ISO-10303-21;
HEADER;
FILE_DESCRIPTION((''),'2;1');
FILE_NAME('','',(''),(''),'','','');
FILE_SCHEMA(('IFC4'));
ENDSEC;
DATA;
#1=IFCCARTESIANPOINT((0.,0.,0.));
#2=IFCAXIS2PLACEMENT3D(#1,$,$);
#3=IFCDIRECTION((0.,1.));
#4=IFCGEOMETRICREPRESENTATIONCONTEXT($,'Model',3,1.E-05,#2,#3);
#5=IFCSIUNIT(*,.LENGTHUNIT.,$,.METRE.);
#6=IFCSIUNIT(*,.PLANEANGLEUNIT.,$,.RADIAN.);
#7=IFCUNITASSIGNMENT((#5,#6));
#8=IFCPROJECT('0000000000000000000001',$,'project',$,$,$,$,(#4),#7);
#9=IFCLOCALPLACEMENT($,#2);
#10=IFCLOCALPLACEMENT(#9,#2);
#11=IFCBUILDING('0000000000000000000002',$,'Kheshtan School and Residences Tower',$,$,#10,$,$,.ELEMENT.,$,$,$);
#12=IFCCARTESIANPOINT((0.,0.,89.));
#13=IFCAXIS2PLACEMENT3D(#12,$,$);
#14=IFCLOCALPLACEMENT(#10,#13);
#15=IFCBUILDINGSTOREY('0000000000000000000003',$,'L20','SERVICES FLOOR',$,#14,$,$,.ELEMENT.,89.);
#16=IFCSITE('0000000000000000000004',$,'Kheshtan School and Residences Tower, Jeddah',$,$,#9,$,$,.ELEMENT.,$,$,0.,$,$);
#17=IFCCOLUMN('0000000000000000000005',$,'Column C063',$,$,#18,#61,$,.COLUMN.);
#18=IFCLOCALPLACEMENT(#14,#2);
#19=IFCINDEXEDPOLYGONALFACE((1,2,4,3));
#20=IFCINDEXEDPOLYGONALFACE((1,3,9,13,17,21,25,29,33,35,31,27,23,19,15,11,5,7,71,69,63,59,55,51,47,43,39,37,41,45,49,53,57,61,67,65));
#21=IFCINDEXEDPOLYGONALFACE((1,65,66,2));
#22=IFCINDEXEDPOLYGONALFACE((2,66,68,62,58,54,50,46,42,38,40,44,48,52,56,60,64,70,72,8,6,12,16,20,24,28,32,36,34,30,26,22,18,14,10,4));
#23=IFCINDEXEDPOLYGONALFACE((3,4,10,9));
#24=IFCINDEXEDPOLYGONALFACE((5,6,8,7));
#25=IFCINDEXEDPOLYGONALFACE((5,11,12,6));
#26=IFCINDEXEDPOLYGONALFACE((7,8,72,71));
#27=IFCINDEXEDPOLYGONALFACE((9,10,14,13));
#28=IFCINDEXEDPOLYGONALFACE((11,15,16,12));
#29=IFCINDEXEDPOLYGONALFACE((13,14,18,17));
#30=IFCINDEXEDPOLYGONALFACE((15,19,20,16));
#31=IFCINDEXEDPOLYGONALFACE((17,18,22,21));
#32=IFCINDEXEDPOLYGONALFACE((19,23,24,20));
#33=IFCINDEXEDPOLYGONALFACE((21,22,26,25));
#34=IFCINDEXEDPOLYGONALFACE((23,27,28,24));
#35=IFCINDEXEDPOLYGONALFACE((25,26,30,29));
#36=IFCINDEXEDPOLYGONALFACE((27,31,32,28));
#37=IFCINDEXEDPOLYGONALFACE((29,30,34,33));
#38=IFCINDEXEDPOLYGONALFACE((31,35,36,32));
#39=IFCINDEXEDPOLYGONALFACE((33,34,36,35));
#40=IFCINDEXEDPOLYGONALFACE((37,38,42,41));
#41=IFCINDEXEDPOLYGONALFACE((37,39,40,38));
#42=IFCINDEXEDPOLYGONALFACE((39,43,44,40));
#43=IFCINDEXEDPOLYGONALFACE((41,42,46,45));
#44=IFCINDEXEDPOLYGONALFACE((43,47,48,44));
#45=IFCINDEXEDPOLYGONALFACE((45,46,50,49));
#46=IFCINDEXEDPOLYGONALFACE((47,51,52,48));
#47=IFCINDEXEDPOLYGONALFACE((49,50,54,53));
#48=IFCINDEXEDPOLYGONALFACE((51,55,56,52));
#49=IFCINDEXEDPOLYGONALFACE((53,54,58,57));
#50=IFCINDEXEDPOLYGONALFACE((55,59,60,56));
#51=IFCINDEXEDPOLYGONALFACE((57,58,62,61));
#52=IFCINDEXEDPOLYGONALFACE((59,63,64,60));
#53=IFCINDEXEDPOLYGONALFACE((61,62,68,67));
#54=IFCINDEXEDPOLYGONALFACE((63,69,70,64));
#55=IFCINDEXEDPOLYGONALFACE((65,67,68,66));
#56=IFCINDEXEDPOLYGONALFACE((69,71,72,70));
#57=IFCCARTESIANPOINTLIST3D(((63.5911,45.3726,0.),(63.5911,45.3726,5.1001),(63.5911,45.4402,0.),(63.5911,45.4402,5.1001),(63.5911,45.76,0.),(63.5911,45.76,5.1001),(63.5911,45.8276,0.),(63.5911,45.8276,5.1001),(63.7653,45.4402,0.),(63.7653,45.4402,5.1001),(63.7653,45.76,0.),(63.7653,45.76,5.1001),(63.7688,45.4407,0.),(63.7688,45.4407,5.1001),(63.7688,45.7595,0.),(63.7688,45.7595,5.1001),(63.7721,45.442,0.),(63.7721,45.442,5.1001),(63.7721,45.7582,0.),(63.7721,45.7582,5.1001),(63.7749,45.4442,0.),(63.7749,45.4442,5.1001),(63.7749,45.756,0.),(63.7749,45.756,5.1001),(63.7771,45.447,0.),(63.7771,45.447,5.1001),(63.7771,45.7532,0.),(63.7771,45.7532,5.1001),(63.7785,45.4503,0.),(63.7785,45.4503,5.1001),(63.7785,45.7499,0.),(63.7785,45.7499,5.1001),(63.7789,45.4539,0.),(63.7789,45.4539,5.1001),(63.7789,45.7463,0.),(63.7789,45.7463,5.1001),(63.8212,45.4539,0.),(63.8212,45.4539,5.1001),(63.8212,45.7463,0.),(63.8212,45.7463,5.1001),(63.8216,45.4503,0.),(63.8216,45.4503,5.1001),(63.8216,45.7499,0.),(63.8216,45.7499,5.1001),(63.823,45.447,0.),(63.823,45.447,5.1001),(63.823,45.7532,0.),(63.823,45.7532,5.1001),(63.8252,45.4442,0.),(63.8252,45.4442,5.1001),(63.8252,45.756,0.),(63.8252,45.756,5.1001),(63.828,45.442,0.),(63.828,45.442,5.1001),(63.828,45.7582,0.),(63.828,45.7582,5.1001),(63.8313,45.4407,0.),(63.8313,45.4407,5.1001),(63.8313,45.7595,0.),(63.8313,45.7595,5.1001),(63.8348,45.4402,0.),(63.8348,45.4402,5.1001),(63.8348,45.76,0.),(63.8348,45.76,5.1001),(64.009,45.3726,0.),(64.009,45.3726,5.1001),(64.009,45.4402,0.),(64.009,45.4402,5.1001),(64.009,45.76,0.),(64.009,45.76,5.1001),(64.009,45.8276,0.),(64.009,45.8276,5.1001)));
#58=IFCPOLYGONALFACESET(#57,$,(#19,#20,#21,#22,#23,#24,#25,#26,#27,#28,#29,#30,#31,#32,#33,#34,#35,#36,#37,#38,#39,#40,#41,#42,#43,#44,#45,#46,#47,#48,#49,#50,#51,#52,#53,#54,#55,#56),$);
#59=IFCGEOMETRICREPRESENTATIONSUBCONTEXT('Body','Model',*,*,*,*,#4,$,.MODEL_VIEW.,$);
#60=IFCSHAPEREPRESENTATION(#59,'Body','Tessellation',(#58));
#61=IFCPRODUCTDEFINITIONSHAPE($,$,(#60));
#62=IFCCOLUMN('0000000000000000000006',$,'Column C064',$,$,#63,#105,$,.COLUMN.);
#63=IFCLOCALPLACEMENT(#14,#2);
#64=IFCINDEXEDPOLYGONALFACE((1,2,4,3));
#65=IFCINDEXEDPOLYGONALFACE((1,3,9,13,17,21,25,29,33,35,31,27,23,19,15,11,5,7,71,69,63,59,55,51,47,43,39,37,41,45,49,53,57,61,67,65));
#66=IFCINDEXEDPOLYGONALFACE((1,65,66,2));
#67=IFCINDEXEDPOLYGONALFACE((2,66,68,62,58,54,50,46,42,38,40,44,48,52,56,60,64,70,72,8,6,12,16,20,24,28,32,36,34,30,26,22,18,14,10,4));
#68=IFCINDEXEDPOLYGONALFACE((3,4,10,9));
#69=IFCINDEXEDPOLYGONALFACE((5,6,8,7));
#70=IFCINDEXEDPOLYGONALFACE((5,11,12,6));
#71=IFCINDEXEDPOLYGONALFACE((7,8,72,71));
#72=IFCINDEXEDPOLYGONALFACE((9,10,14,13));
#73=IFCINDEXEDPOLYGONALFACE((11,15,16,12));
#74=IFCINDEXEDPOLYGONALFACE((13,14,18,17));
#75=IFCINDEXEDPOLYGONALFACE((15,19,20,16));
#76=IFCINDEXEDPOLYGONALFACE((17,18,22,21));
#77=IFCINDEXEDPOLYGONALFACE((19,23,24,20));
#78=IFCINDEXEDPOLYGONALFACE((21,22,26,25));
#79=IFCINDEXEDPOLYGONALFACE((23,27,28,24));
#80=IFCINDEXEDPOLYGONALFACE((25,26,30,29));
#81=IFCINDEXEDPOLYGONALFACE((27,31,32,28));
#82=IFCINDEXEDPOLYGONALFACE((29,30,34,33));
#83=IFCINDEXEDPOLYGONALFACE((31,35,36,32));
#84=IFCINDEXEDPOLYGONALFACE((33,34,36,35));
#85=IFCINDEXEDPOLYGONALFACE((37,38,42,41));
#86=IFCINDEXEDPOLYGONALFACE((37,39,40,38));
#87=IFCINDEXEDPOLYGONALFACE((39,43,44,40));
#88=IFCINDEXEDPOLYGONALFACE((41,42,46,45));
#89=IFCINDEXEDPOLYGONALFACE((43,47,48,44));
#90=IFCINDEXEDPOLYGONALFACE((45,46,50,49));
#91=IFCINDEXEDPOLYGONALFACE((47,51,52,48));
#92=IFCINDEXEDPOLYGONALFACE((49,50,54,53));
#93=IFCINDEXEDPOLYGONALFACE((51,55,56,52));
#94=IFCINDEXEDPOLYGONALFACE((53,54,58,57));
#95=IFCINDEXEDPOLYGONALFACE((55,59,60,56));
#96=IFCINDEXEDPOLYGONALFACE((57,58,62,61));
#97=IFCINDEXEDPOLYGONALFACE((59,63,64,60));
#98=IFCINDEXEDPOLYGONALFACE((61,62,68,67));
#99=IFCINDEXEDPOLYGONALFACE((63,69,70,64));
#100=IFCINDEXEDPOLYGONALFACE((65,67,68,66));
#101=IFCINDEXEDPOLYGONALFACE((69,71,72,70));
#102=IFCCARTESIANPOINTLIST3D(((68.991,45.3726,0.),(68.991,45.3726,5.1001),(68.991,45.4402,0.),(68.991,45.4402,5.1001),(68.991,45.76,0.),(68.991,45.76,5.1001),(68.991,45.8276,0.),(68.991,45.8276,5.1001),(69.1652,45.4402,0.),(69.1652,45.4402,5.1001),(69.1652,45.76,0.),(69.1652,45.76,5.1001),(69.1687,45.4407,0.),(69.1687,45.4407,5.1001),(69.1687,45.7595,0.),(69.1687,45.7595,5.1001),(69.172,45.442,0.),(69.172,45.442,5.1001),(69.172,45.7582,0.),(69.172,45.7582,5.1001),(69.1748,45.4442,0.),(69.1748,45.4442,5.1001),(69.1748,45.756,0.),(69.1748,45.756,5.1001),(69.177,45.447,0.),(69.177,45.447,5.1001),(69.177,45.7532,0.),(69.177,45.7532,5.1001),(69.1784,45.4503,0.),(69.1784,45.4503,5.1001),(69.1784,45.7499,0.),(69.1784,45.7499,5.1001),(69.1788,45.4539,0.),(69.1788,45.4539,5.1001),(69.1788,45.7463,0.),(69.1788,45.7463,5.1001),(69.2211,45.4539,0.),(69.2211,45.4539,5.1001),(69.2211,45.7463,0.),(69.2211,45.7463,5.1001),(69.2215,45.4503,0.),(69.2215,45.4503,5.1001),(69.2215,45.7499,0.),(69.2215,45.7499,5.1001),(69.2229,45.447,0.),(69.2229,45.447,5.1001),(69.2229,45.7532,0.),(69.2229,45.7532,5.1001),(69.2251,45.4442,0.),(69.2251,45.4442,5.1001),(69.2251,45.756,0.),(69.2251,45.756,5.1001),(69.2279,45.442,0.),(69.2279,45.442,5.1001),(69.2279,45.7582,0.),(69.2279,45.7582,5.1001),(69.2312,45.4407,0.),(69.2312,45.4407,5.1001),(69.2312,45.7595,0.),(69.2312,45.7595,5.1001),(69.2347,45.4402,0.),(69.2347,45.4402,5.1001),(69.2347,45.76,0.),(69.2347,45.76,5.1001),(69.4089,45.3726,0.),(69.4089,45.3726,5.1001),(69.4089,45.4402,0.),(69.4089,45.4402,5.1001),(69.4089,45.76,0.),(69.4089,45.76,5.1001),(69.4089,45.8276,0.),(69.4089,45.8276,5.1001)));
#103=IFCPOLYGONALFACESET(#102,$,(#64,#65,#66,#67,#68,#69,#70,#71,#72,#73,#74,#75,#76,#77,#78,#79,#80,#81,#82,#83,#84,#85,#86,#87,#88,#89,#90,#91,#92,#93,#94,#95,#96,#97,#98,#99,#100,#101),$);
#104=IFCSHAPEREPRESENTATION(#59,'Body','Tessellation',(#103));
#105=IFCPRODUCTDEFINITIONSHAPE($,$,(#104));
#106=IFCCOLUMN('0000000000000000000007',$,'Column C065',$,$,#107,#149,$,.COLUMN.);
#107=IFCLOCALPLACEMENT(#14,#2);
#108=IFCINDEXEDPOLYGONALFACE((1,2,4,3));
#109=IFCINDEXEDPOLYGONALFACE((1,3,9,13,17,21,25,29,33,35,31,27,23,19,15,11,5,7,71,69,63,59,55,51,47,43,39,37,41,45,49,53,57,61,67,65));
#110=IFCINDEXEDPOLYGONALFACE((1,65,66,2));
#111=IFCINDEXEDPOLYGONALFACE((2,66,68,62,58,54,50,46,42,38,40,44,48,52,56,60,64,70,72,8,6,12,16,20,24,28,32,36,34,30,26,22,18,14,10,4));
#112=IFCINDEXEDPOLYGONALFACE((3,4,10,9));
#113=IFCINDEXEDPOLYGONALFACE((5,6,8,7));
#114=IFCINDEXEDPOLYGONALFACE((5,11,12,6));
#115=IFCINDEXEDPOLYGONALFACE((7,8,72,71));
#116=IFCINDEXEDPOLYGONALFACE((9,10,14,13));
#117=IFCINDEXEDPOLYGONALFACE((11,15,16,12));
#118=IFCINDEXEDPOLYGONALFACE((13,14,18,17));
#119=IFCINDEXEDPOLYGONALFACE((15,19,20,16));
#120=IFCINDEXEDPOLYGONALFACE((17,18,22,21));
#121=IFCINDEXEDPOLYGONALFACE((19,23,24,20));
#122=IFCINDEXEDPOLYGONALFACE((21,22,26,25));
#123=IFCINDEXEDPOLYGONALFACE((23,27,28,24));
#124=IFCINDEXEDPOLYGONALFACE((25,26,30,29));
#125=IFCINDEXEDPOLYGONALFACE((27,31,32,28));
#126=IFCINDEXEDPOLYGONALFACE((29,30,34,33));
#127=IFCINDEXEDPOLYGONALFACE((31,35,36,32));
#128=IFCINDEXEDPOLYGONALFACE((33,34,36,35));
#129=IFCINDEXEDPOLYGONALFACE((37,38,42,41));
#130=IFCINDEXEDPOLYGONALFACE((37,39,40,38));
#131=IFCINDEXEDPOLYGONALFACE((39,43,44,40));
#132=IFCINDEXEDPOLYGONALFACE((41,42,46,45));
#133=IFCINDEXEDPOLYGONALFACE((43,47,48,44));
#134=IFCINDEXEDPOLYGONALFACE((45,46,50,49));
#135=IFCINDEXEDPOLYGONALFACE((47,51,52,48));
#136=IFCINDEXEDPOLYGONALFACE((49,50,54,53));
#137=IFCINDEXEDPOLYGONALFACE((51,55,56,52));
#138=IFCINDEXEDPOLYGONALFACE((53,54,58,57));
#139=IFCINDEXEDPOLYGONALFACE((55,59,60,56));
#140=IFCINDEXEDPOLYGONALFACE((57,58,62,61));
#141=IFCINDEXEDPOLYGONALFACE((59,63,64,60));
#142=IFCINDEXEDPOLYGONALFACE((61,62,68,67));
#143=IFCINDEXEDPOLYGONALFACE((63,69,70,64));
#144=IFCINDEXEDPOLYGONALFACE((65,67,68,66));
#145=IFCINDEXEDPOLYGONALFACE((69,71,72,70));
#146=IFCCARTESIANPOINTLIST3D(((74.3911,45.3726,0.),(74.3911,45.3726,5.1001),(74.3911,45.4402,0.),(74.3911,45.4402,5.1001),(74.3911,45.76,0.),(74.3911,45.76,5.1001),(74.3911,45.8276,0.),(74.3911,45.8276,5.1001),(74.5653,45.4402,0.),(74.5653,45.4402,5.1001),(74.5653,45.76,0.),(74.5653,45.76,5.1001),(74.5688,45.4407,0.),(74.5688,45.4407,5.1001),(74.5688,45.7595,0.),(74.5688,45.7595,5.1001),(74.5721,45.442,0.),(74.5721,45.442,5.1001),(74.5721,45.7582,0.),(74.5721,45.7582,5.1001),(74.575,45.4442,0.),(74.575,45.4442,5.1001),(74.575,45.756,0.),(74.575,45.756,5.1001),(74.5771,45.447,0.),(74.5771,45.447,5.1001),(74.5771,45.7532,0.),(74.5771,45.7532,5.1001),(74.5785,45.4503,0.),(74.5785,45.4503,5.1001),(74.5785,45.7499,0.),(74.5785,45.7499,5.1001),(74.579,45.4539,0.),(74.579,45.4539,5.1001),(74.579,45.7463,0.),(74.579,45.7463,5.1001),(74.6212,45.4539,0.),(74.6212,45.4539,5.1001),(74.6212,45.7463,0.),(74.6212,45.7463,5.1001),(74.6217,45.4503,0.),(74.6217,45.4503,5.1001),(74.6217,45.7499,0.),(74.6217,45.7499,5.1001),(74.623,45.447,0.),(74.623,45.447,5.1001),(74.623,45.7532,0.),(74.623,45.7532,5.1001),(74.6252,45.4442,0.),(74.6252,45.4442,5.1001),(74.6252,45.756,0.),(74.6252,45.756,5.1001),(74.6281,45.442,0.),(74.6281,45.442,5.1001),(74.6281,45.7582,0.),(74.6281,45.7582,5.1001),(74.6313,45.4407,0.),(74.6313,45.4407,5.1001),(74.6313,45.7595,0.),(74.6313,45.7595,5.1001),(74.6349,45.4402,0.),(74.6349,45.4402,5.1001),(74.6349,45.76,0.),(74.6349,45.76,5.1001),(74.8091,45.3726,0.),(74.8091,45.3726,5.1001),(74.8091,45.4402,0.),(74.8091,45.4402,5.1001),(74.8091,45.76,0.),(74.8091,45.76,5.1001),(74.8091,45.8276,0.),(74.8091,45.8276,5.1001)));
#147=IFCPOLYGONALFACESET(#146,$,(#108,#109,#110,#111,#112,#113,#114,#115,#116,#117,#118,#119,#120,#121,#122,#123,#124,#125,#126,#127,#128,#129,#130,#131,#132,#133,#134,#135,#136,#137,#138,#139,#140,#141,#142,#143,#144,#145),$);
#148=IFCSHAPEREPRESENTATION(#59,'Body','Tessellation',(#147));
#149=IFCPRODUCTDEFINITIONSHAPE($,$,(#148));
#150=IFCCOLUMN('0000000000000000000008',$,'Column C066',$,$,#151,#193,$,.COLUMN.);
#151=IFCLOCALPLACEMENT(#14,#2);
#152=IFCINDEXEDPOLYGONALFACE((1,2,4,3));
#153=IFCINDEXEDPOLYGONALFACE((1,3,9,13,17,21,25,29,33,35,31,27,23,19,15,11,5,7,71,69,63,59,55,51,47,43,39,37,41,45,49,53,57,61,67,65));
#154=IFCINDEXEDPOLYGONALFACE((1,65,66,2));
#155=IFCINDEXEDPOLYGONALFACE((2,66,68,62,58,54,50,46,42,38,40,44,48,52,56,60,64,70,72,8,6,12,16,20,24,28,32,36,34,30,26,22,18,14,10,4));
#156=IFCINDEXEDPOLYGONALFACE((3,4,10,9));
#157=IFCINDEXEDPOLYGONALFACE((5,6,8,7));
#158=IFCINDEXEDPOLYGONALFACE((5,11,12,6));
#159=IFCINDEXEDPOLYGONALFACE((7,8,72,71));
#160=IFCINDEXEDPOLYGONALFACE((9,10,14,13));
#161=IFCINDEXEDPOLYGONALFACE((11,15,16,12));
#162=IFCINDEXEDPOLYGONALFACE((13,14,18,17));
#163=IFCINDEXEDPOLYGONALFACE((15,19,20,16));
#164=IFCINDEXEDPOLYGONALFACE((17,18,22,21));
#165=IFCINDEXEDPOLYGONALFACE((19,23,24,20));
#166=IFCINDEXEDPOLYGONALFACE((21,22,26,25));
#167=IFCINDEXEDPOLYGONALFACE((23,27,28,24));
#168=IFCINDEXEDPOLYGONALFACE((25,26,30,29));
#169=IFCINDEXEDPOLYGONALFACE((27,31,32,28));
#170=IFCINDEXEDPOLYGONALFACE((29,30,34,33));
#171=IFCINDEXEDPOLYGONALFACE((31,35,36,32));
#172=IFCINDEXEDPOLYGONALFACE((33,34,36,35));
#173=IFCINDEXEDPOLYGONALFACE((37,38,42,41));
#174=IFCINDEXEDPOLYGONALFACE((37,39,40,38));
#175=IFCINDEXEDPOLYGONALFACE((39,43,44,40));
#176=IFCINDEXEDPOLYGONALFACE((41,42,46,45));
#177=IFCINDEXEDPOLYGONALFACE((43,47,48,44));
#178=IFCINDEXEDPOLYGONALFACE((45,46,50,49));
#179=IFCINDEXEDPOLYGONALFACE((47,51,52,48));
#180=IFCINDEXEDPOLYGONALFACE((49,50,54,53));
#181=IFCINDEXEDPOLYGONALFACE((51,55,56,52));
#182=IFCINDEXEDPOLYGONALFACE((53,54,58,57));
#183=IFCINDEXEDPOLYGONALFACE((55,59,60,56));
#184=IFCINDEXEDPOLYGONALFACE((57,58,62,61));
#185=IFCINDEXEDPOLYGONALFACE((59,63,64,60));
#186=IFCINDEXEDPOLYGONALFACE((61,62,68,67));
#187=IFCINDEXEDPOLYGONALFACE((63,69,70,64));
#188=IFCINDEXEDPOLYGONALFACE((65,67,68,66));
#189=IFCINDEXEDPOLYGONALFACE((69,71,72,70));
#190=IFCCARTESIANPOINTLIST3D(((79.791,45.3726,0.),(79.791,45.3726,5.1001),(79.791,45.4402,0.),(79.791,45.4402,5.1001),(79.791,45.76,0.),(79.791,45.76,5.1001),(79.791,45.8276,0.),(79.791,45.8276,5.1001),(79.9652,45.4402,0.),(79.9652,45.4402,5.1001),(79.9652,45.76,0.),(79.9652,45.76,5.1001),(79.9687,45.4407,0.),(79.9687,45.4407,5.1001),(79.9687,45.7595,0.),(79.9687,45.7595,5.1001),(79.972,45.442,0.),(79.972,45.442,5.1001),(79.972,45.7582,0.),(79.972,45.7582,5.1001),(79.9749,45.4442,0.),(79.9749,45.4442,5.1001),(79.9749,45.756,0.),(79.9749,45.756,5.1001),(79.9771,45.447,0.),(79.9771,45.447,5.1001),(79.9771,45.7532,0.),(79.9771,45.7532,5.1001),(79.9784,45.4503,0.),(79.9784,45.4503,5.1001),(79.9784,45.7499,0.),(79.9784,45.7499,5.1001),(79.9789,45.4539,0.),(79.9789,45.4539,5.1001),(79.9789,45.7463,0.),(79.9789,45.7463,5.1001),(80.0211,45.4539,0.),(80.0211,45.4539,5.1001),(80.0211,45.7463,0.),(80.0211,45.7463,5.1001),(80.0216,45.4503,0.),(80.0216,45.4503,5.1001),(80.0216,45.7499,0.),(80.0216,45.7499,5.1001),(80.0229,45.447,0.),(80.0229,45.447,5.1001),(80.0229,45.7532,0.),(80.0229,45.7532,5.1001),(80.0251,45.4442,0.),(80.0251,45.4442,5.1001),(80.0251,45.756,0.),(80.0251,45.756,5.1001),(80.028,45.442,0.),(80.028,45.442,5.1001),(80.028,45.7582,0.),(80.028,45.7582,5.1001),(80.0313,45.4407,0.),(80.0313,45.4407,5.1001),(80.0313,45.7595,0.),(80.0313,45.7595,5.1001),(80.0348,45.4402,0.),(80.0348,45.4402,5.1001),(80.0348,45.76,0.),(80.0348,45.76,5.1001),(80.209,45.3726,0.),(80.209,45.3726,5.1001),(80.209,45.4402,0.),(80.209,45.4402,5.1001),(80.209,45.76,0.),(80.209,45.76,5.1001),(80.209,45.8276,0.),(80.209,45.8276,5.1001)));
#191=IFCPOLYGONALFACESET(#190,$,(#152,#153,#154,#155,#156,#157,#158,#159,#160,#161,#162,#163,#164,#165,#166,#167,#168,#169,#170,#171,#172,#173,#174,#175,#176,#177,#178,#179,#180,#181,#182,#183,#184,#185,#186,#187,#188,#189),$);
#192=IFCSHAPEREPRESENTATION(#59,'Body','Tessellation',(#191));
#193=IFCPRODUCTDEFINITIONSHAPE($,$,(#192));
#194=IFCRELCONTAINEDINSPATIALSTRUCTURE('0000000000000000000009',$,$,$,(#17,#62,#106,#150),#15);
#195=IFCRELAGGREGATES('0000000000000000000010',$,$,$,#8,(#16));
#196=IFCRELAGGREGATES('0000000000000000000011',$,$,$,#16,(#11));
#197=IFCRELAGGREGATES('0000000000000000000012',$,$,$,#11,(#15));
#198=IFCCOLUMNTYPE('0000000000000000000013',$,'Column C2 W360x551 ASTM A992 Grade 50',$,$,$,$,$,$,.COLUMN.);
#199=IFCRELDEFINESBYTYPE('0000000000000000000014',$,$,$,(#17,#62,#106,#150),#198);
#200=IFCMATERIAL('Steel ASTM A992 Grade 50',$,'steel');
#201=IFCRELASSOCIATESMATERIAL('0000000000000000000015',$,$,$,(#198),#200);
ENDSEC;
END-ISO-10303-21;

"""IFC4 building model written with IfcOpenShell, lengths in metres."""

from ifc_helpers import new_model, si_unit, direction, frame, origin, origin_2d, place, context, subcontext, project, spatial, i_section, extrude, material, material_profile, profile_set, type_object, element, save


model = new_model("IFC4")

# Units and contexts
model_context = context("Model", 3, precision=1e-05, world=origin(), true_north=direction((0.0, 1.0)))
body_context = subcontext(model_context, "Body", "Model", "MODEL_VIEW")
ifc_project = project(units=[si_unit("LENGTHUNIT", "METRE"), si_unit("PLANEANGLEUNIT", "RADIAN")], contexts=[model_context])

# Site, building, storey
site_placement = place(None, origin())
site = spatial("IfcSite", under=ifc_project, at=site_placement, Name="Kheshtan School and Residences Tower, Jeddah", CompositionType="ELEMENT", RefElevation=0.0)
building_placement = place(site_placement, origin())
building = spatial("IfcBuilding", under=site, at=building_placement, Name="Kheshtan School and Residences Tower", CompositionType="ELEMENT")
storey_placement = place(building_placement, frame((0.0, 0.0, 89.0)))
storey = spatial("IfcBuildingStorey", under=building, at=storey_placement, Name="L20", Description="SERVICES FLOOR", CompositionType="ELEMENT", Elevation=89.0)

# Columns
ifc_material_1 = material(Name="Steel ASTM A992 Grade 50", Category="steel")
ifc_material_profile_1 = material_profile(ifc_material_1, i_section(OverallWidth=0.418, OverallDepth=0.4551, WebThickness=0.0422, FlangeThickness=0.0676, FilletRadius=0.0137, at=origin_2d()), Name="W360x551")
ifc_profile_set_1 = profile_set([ifc_material_profile_1], Name="Steel ASTM A992 Grade 50")
column_type = type_object("IfcColumnType", Name="Column C2 W360x551 ASTM A992 Grade 50", PredefinedType="COLUMN", material=ifc_profile_set_1)
for number, where, z_axis, x_axis, name in (
    (1, (63.8, 45.6001, 0.0), (0.0, 0.0, 1.0), (1.0, 0.0, 0.0), "Column C063"),
    (2, (69.2, 45.6001, 0.0), (0.0, 0.0, 1.0), (1.0, 0.0, 0.0), "Column C064"),
    (3, (74.6001, 45.6001, 0.0), (0.0, 0.0, 1.0), (1.0, 0.0, 0.0), "Column C065"),
    (4, (80.0, 45.6001, 0.0), (0.0, 0.0, 1.0), (1.0, 0.0, 0.0), "Column C066"),
):
    element("IfcColumn", number, at=place(storey_placement, frame(where, z_axis=z_axis, x_axis=x_axis)), inside=storey, type_object=column_type, Name=name, PredefinedType="COLUMN", context=body_context, shape_type="SweptSolid", body=[
        extrude(i_section(OverallWidth=0.418, OverallDepth=0.4551, WebThickness=0.0422, FlangeThickness=0.0676, FilletRadius=0.0137, at=origin_2d()), origin(), (0.0, 0.0, 1.0), 5.1001),
    ])

save(model, "model.ifc")
